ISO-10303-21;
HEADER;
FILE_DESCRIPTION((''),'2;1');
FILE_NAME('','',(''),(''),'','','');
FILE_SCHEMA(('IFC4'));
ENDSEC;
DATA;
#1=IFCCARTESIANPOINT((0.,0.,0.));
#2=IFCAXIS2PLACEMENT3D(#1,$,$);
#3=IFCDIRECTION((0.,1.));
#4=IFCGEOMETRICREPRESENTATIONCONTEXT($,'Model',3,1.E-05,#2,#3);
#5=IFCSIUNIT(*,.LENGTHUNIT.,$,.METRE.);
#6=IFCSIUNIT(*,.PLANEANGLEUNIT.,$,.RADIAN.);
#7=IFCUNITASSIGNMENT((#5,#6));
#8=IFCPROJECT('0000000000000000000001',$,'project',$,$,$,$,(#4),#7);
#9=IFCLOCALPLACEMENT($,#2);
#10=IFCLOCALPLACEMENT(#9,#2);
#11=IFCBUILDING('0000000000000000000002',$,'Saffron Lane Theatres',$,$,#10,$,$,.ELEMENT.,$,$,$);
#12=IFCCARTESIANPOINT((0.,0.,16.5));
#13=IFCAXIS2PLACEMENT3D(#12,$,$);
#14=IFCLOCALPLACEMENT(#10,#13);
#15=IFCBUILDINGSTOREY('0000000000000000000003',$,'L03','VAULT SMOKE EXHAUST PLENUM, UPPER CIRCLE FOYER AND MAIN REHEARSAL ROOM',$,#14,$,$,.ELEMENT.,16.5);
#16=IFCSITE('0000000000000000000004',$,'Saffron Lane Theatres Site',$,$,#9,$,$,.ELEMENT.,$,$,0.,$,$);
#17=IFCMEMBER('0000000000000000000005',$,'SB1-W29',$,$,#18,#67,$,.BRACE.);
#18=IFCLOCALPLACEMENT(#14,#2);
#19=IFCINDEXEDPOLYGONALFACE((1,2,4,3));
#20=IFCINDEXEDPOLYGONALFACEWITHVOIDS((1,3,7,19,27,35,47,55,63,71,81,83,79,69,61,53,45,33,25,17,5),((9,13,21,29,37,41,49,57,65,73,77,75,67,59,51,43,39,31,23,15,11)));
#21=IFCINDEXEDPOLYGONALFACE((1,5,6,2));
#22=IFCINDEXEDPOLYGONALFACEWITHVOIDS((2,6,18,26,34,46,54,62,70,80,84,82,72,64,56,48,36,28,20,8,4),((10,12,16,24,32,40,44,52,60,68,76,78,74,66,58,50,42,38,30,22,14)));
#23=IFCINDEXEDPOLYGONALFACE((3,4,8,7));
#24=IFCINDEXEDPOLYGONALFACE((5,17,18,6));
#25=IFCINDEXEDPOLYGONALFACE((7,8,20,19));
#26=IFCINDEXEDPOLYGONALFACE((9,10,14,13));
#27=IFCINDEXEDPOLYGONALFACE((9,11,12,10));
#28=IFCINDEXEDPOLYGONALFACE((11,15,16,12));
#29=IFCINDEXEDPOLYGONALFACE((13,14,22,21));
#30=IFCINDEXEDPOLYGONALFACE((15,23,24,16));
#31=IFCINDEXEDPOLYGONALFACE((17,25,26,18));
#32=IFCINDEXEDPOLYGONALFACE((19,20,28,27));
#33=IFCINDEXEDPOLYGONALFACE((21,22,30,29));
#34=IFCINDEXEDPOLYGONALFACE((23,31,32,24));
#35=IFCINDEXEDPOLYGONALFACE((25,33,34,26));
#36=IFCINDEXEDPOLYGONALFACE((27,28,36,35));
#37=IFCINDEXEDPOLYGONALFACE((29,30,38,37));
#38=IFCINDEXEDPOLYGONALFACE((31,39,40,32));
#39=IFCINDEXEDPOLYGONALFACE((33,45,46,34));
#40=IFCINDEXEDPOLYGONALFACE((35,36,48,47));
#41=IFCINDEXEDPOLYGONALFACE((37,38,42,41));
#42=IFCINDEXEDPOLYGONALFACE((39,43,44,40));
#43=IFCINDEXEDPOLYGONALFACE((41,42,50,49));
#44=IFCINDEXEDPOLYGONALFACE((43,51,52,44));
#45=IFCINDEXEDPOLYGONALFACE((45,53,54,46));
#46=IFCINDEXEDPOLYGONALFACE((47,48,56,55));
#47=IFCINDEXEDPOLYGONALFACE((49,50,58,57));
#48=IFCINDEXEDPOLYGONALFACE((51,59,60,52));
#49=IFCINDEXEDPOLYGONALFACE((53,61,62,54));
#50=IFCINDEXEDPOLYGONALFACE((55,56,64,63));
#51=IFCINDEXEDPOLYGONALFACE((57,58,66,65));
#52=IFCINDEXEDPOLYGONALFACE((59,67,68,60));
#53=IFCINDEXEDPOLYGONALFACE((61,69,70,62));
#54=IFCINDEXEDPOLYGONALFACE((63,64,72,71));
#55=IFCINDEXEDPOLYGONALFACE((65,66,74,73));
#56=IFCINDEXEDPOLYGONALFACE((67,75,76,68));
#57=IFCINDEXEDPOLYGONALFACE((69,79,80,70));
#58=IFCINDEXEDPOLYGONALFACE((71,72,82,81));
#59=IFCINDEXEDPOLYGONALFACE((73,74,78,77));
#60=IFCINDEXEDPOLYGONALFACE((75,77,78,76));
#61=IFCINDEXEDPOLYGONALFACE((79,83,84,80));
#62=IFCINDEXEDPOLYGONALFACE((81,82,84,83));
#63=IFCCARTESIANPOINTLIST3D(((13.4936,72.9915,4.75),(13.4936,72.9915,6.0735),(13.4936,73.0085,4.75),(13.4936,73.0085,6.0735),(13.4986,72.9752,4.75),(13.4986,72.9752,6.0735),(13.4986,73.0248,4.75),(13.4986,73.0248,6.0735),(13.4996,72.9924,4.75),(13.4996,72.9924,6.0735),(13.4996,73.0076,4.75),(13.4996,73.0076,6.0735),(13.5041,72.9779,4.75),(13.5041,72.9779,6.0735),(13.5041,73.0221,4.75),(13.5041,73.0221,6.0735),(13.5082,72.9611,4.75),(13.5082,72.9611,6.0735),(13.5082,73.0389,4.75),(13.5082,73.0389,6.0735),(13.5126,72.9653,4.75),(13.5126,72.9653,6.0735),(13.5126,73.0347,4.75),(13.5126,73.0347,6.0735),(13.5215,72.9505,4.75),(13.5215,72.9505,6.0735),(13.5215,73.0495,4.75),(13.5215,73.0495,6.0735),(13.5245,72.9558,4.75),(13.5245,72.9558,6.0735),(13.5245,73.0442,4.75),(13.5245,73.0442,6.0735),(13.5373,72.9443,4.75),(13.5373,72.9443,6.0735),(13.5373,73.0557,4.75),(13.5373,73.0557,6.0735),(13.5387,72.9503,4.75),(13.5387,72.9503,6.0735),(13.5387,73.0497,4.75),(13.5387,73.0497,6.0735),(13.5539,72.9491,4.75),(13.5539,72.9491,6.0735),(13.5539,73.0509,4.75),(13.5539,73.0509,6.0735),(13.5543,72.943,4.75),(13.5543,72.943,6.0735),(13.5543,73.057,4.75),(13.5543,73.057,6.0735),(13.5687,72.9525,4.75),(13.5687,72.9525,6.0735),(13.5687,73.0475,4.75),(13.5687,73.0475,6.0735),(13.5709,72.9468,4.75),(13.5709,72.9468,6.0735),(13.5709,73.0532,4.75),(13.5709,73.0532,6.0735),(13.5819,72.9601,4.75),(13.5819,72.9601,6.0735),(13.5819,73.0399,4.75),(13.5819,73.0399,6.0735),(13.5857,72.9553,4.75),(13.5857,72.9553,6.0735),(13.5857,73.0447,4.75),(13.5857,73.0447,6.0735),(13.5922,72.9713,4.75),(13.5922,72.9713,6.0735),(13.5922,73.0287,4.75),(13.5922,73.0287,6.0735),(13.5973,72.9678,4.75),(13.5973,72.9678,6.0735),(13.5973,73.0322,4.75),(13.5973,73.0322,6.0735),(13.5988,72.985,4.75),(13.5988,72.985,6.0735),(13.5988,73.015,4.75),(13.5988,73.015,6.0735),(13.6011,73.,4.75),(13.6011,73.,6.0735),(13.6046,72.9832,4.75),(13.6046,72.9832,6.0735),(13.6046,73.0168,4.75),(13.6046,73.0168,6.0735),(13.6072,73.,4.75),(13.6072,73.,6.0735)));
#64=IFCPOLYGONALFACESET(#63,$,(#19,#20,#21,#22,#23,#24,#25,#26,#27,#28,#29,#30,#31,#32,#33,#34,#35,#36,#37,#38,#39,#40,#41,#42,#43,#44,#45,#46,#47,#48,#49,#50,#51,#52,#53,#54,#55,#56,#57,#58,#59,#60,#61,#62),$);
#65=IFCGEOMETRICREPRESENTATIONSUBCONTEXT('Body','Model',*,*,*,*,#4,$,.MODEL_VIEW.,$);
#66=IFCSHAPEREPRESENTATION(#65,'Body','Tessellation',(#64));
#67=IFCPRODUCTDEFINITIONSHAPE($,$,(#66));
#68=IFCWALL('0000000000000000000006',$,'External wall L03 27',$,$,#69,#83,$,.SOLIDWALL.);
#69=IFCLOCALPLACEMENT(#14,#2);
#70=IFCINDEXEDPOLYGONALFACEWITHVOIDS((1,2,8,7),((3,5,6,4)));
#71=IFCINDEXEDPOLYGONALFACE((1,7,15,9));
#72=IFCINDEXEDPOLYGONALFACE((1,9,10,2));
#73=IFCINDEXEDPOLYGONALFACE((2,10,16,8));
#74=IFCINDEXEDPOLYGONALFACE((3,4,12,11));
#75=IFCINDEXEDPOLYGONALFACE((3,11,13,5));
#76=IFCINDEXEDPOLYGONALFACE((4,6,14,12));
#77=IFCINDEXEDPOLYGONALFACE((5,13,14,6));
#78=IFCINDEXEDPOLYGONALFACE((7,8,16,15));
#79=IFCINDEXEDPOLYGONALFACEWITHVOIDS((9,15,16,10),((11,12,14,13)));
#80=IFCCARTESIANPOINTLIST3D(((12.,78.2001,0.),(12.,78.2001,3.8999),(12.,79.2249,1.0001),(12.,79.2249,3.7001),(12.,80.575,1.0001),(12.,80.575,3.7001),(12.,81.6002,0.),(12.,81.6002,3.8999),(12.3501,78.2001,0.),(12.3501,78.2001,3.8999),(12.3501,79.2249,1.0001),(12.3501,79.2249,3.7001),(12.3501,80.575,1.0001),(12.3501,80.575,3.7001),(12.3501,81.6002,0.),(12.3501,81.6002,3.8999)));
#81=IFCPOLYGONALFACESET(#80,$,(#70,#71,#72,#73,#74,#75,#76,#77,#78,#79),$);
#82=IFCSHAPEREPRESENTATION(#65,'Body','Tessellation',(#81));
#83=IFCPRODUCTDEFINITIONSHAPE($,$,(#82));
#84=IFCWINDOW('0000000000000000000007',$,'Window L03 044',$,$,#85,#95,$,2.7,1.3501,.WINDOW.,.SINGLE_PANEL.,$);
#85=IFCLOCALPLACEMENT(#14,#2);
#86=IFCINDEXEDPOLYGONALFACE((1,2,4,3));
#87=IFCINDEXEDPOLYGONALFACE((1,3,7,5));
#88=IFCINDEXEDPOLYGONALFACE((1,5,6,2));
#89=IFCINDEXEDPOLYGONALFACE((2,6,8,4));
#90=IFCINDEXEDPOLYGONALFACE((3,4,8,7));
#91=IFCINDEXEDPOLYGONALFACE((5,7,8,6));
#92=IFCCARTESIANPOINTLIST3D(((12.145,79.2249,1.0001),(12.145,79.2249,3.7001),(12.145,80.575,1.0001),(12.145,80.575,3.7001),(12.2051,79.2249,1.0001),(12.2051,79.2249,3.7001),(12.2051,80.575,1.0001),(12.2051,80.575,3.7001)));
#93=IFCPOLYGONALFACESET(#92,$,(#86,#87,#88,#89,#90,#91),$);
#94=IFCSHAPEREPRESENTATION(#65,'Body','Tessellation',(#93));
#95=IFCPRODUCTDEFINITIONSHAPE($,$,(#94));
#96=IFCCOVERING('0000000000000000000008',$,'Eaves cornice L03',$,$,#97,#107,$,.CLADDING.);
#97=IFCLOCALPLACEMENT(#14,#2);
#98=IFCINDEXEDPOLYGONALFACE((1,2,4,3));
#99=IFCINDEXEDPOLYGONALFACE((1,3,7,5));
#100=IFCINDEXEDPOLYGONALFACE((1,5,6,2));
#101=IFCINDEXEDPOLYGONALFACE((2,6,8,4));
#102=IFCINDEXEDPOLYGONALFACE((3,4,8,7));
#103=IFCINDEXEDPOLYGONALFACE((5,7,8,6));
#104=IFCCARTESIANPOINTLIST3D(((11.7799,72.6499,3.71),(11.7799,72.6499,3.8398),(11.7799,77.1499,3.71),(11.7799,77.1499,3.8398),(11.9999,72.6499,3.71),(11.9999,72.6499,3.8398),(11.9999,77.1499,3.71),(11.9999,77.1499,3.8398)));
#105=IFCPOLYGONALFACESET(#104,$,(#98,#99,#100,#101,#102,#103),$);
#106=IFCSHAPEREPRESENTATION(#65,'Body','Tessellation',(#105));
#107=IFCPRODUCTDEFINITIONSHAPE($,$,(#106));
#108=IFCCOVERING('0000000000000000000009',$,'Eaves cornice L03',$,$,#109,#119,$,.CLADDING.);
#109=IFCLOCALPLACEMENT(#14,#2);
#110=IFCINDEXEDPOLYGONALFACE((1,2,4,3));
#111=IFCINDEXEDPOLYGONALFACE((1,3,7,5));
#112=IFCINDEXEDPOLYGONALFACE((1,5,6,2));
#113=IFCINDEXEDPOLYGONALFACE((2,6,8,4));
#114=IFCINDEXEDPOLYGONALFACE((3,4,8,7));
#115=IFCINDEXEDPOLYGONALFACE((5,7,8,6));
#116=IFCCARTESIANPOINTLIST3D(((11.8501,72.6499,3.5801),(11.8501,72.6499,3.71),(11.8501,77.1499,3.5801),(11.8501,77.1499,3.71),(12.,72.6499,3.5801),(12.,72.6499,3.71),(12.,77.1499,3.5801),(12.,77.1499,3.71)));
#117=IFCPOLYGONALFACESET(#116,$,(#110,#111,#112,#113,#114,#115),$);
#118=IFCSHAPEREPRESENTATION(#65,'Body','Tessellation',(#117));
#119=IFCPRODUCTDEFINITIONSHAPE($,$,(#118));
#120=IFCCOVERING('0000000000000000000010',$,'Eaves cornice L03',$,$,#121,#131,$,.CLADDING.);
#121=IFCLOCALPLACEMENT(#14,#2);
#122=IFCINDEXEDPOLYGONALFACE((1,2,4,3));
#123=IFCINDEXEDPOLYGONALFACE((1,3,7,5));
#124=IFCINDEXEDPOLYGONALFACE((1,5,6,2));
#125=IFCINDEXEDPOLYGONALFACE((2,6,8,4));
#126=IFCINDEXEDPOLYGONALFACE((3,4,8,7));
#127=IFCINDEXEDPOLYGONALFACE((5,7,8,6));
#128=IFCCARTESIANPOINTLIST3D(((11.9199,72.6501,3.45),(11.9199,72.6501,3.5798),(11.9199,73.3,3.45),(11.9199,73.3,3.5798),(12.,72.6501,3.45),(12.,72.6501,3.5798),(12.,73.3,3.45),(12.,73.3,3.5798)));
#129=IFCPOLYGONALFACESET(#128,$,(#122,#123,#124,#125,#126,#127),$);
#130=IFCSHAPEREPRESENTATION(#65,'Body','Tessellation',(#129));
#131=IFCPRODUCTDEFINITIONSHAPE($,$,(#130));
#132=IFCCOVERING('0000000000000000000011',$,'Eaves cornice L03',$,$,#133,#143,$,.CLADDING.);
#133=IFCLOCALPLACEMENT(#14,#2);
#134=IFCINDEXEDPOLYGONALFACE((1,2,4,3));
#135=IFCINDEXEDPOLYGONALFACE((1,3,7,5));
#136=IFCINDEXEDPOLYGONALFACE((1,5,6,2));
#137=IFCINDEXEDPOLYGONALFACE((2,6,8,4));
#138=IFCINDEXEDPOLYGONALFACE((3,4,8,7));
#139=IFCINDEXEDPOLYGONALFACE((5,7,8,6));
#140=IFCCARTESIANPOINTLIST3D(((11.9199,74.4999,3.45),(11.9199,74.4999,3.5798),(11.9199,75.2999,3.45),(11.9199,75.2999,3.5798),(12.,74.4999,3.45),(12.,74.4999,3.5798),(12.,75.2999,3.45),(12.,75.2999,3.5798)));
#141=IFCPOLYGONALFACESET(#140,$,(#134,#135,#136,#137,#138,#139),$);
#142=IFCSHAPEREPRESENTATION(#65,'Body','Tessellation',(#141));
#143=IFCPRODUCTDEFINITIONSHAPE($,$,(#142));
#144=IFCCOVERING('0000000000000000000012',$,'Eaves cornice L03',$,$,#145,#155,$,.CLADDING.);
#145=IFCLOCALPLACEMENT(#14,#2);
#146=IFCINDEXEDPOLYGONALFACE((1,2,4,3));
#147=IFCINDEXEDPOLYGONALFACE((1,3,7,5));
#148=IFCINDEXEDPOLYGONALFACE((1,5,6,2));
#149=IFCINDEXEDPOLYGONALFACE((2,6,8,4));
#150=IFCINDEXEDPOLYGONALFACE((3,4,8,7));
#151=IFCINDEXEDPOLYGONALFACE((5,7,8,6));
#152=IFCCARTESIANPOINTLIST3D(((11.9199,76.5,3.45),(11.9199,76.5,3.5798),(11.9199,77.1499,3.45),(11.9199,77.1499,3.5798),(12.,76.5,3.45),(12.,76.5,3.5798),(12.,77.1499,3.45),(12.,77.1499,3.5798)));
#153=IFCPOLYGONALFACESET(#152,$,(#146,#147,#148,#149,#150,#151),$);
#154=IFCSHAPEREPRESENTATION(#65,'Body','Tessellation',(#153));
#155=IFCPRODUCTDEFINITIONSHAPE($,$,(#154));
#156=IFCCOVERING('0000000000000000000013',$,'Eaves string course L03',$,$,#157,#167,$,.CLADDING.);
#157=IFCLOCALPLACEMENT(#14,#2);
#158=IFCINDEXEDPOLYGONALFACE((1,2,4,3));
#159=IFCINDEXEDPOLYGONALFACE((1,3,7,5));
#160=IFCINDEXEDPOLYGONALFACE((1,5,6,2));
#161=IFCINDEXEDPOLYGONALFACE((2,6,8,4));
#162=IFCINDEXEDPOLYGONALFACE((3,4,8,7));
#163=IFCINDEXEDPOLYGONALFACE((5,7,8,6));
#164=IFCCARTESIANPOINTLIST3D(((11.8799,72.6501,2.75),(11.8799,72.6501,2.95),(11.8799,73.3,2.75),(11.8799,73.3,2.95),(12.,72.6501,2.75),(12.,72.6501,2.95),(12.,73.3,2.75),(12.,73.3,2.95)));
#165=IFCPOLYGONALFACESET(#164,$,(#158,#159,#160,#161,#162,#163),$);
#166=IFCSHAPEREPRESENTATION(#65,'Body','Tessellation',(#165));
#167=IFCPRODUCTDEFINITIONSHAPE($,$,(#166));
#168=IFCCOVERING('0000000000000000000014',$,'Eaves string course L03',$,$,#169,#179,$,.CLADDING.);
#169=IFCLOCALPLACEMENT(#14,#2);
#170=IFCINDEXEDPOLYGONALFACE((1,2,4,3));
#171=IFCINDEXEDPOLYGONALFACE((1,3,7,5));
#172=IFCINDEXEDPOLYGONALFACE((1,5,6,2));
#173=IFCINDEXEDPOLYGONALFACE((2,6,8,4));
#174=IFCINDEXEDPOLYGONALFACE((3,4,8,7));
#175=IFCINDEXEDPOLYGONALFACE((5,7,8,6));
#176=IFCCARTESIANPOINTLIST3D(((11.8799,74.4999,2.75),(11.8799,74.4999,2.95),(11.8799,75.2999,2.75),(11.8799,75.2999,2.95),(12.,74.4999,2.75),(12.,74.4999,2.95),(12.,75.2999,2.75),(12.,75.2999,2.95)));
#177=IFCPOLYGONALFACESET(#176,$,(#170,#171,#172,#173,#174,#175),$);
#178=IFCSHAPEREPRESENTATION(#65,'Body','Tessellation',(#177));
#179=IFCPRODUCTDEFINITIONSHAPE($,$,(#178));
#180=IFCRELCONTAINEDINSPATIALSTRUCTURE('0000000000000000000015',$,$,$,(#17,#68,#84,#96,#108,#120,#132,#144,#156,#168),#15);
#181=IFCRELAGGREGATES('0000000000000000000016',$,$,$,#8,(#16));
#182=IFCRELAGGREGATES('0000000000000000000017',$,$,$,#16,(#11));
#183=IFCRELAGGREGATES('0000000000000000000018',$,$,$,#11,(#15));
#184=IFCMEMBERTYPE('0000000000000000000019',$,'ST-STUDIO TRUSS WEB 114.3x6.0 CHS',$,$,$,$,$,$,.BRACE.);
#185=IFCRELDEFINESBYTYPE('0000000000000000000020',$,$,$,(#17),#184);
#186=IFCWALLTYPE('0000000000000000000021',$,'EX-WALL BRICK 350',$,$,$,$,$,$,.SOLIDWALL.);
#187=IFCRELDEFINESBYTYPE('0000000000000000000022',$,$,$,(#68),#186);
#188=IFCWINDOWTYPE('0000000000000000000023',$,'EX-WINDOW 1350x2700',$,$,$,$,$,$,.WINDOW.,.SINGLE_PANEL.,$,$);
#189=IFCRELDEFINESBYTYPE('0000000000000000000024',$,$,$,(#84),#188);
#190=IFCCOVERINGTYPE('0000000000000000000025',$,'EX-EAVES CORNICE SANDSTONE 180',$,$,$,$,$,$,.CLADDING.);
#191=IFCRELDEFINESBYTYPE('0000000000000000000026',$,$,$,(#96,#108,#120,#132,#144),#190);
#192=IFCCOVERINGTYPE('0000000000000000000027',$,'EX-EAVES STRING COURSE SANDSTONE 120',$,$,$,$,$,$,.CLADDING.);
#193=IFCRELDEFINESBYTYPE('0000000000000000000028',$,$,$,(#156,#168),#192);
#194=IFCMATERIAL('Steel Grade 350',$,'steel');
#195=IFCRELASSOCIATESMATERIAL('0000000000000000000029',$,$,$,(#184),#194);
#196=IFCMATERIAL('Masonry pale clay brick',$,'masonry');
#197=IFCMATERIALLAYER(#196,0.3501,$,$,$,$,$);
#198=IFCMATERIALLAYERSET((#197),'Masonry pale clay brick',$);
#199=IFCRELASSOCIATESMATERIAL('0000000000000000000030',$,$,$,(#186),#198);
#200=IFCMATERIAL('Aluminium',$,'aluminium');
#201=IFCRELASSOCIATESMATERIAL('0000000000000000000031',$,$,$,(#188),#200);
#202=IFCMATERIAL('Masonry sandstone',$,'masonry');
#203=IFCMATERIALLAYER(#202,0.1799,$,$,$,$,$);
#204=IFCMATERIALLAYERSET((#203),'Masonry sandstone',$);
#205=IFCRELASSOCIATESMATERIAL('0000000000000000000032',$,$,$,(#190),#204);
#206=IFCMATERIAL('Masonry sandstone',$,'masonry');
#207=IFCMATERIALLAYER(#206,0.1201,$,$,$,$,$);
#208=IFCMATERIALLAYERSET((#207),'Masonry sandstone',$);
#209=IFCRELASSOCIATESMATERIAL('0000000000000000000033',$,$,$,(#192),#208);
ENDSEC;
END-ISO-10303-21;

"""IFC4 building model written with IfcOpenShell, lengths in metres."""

from ifc_helpers import new_model, si_unit, direction, frame, frame_2d, origin, origin_2d, place, context, subcontext, project, spatial, rectangle, hollow_circle, extrude, material, layer, layer_set, material_profile, profile_set, type_object, element, fill, save


model = new_model("IFC4")

# Units and contexts
model_context = context("Model", 3, precision=1e-05, world=origin(), true_north=direction((0.0, 1.0)))
body_context = subcontext(model_context, "Body", "Model", "MODEL_VIEW")
ifc_project = project(units=[si_unit("LENGTHUNIT", "METRE"), si_unit("PLANEANGLEUNIT", "RADIAN")], contexts=[model_context])

# Site, building, storey
site_placement = place(None, origin())
site = spatial("IfcSite", under=ifc_project, at=site_placement, Name="Saffron Lane Theatres Site", CompositionType="ELEMENT", RefElevation=0.0)
building_placement = place(site_placement, origin())
building = spatial("IfcBuilding", under=site, at=building_placement, Name="Saffron Lane Theatres", CompositionType="ELEMENT")
storey_placement = place(building_placement, frame((0.0, 0.0, 16.5)))
storey = spatial("IfcBuildingStorey", under=building, at=storey_placement, Name="L03", Description="VAULT SMOKE EXHAUST PLENUM, UPPER CIRCLE FOYER AND MAIN REHEARSAL ROOM", CompositionType="ELEMENT", Elevation=16.5)

# Member
ifc_material_1 = material(Name="Steel Grade 350", Category="steel")
ifc_material_profile_1 = material_profile(ifc_material_1, hollow_circle(Radius=0.0571, WallThickness=0.0061, at=origin_2d()))
ifc_profile_set_1 = profile_set([ifc_material_profile_1], Name="Steel Grade 350")
member_type_1 = type_object("IfcMemberType", Name="ST-STUDIO TRUSS WEB 114.3x6.0 CHS", PredefinedType="BRACE", material=ifc_profile_set_1)
member_1_placement = place(storey_placement, frame((13.55, 73.0, 4.75), z_axis=(0.0, 0.0, 1.0), x_axis=(1.0, 0.0, 0.0)))
element("IfcMember", 1, at=member_1_placement, inside=storey, type_object=member_type_1, Name="SB1-W29", PredefinedType="BRACE", context=body_context, shape_type="SweptSolid", body=[
    extrude(hollow_circle(Radius=0.0571, WallThickness=0.0061, at=origin_2d()), origin(), (0.0, 0.0, 1.0), 1.3235),
])

# Wall, opening, window
ifc_material_2 = material(Name="Masonry pale clay brick", Category="masonry")
ifc_layer_1 = layer(ifc_material_2, 0.3501)
ifc_layer_set_1 = layer_set([ifc_layer_1], Name="Masonry pale clay brick")
wall_type = type_object("IfcWallType", Name="EX-WALL BRICK 350", PredefinedType="SOLIDWALL", material=ifc_layer_set_1)
wall_placement = place(storey_placement, frame((12.175, 78.2, 0.0), z_axis=(0.0, 0.0, 1.0), x_axis=(0.0, 1.0, 0.0)))
wall = element("IfcWall", 2, at=wall_placement, inside=storey, type_object=wall_type, Name="External wall L03 27", PredefinedType="SOLIDWALL", context=body_context, shape_type="SweptSolid", body=[
    extrude(rectangle(XDim=3.4001, YDim=0.3501, at=frame_2d((1.7002, 0.0))), origin(), (0.0, 0.0, 1.0), 3.8999),
])
opening_placement = place(wall_placement, frame((1.0249, 0.0, 1.0)))
opening = element("IfcOpeningElement", 3, at=opening_placement, cuts=wall, PredefinedType="OPENING", context=body_context, shape_type="SweptSolid", body=[
    extrude(rectangle(XDim=1.3501, YDim=2.7, at=frame_2d((0.675, 1.3501))), frame((0.0, 0.1851, 0.0), z_axis=(0.0, -1.0, 0.0), x_axis=(1.0, 0.0, 0.0)), (0.0, 0.0, 1.0), 0.3701),
])
ifc_material_3 = material(Name="Aluminium", Category="aluminium")
window_type = type_object("IfcWindowType", Name="EX-WINDOW 1350x2700", PartitioningType="SINGLE_PANEL", PredefinedType="WINDOW", material=ifc_material_3)
window_placement = place(opening_placement, origin())
window = element("IfcWindow", 4, at=window_placement, inside=storey, type_object=window_type, Name="Window L03 044", OverallHeight=2.7, OverallWidth=1.3501, PartitioningType="SINGLE_PANEL", PredefinedType="WINDOW", context=body_context, shape_type="SweptSolid", body=[
    extrude(rectangle(XDim=1.3501, YDim=2.7, at=frame_2d((0.675, 1.3501))), frame((0.0, 0.03, 0.0), z_axis=(0.0, -1.0, 0.0), x_axis=(1.0, 0.0, 0.0)), (0.0, 0.0, 1.0), 0.0601),
])
fill(opening, window)

# Coverings
ifc_material_4 = material(Name="Masonry sandstone", Category="masonry")
ifc_layer_2 = layer(ifc_material_4, 0.1799)
ifc_layer_set_2 = layer_set([ifc_layer_2], Name="Masonry sandstone")
covering_type_1 = type_object("IfcCoveringType", Name="EX-EAVES CORNICE SANDSTONE 180", PredefinedType="CLADDING", material=ifc_layer_set_2)
covering_1_placement = place(storey_placement, frame((11.8899, 74.8999, 3.71), z_axis=(0.0, 0.0, 1.0), x_axis=(0.0, 1.0, 0.0)))
element("IfcCovering", 5, at=covering_1_placement, inside=storey, type_object=covering_type_1, Name="Eaves cornice L03", PredefinedType="CLADDING", context=body_context, shape_type="SweptSolid", body=[
    extrude(rectangle(XDim=4.5, YDim=0.22, at=origin_2d()), origin(), (0.0, 0.0, 1.0), 0.1299),
])
covering_2_placement = place(storey_placement, frame((11.925, 74.8999, 3.5801), z_axis=(0.0, 0.0, 1.0), x_axis=(0.0, 1.0, 0.0)))
element("IfcCovering", 6, at=covering_2_placement, inside=storey, type_object=covering_type_1, Name="Eaves cornice L03", PredefinedType="CLADDING", context=body_context, shape_type="SweptSolid", body=[
    extrude(rectangle(XDim=4.5, YDim=0.1499, at=origin_2d()), origin(), (0.0, 0.0, 1.0), 0.1299),
])
covering_3_placement = place(storey_placement, frame((11.96, 72.9751, 3.45), z_axis=(0.0, 0.0, 1.0), x_axis=(0.0, 1.0, 0.0)))
element("IfcCovering", 7, at=covering_3_placement, inside=storey, type_object=covering_type_1, Name="Eaves cornice L03", PredefinedType="CLADDING", context=body_context, shape_type="SweptSolid", body=[
    extrude(rectangle(XDim=0.6499, YDim=0.0801, at=origin_2d()), origin(), (0.0, 0.0, 1.0), 0.1299),
])
covering_4_placement = place(storey_placement, frame((11.96, 74.8999, 3.45), z_axis=(0.0, 0.0, 1.0), x_axis=(0.0, 1.0, 0.0)))
element("IfcCovering", 8, at=covering_4_placement, inside=storey, type_object=covering_type_1, Name="Eaves cornice L03", PredefinedType="CLADDING", context=body_context, shape_type="SweptSolid", body=[
    extrude(rectangle(XDim=0.8, YDim=0.0801, at=origin_2d()), origin(), (0.0, 0.0, 1.0), 0.1299),
])
covering_5_placement = place(storey_placement, frame((11.96, 76.825, 3.45), z_axis=(0.0, 0.0, 1.0), x_axis=(0.0, 1.0, 0.0)))
element("IfcCovering", 9, at=covering_5_placement, inside=storey, type_object=covering_type_1, Name="Eaves cornice L03", PredefinedType="CLADDING", context=body_context, shape_type="SweptSolid", body=[
    extrude(rectangle(XDim=0.6499, YDim=0.0801, at=origin_2d()), origin(), (0.0, 0.0, 1.0), 0.1299),
])
ifc_material_5 = material(Name="Masonry sandstone", Category="masonry")
ifc_layer_3 = layer(ifc_material_5, 0.1201)
ifc_layer_set_3 = layer_set([ifc_layer_3], Name="Masonry sandstone")
covering_type_2 = type_object("IfcCoveringType", Name="EX-EAVES STRING COURSE SANDSTONE 120", PredefinedType="CLADDING", material=ifc_layer_set_3)
covering_6_placement = place(storey_placement, frame((11.9399, 72.9751, 2.75), z_axis=(0.0, 0.0, 1.0), x_axis=(0.0, 1.0, 0.0)))
element("IfcCovering", 10, at=covering_6_placement, inside=storey, type_object=covering_type_2, Name="Eaves string course L03", PredefinedType="CLADDING", context=body_context, shape_type="SweptSolid", body=[
    extrude(rectangle(XDim=0.6499, YDim=0.1201, at=origin_2d()), origin(), (0.0, 0.0, 1.0), 0.2),
])
covering_7_placement = place(storey_placement, frame((11.9399, 74.8999, 2.75), z_axis=(0.0, 0.0, 1.0), x_axis=(0.0, 1.0, 0.0)))
element("IfcCovering", 11, at=covering_7_placement, inside=storey, type_object=covering_type_2, Name="Eaves string course L03", PredefinedType="CLADDING", context=body_context, shape_type="SweptSolid", body=[
    extrude(rectangle(XDim=0.8, YDim=0.1201, at=origin_2d()), origin(), (0.0, 0.0, 1.0), 0.2),
])

save(model, "model.ifc")
